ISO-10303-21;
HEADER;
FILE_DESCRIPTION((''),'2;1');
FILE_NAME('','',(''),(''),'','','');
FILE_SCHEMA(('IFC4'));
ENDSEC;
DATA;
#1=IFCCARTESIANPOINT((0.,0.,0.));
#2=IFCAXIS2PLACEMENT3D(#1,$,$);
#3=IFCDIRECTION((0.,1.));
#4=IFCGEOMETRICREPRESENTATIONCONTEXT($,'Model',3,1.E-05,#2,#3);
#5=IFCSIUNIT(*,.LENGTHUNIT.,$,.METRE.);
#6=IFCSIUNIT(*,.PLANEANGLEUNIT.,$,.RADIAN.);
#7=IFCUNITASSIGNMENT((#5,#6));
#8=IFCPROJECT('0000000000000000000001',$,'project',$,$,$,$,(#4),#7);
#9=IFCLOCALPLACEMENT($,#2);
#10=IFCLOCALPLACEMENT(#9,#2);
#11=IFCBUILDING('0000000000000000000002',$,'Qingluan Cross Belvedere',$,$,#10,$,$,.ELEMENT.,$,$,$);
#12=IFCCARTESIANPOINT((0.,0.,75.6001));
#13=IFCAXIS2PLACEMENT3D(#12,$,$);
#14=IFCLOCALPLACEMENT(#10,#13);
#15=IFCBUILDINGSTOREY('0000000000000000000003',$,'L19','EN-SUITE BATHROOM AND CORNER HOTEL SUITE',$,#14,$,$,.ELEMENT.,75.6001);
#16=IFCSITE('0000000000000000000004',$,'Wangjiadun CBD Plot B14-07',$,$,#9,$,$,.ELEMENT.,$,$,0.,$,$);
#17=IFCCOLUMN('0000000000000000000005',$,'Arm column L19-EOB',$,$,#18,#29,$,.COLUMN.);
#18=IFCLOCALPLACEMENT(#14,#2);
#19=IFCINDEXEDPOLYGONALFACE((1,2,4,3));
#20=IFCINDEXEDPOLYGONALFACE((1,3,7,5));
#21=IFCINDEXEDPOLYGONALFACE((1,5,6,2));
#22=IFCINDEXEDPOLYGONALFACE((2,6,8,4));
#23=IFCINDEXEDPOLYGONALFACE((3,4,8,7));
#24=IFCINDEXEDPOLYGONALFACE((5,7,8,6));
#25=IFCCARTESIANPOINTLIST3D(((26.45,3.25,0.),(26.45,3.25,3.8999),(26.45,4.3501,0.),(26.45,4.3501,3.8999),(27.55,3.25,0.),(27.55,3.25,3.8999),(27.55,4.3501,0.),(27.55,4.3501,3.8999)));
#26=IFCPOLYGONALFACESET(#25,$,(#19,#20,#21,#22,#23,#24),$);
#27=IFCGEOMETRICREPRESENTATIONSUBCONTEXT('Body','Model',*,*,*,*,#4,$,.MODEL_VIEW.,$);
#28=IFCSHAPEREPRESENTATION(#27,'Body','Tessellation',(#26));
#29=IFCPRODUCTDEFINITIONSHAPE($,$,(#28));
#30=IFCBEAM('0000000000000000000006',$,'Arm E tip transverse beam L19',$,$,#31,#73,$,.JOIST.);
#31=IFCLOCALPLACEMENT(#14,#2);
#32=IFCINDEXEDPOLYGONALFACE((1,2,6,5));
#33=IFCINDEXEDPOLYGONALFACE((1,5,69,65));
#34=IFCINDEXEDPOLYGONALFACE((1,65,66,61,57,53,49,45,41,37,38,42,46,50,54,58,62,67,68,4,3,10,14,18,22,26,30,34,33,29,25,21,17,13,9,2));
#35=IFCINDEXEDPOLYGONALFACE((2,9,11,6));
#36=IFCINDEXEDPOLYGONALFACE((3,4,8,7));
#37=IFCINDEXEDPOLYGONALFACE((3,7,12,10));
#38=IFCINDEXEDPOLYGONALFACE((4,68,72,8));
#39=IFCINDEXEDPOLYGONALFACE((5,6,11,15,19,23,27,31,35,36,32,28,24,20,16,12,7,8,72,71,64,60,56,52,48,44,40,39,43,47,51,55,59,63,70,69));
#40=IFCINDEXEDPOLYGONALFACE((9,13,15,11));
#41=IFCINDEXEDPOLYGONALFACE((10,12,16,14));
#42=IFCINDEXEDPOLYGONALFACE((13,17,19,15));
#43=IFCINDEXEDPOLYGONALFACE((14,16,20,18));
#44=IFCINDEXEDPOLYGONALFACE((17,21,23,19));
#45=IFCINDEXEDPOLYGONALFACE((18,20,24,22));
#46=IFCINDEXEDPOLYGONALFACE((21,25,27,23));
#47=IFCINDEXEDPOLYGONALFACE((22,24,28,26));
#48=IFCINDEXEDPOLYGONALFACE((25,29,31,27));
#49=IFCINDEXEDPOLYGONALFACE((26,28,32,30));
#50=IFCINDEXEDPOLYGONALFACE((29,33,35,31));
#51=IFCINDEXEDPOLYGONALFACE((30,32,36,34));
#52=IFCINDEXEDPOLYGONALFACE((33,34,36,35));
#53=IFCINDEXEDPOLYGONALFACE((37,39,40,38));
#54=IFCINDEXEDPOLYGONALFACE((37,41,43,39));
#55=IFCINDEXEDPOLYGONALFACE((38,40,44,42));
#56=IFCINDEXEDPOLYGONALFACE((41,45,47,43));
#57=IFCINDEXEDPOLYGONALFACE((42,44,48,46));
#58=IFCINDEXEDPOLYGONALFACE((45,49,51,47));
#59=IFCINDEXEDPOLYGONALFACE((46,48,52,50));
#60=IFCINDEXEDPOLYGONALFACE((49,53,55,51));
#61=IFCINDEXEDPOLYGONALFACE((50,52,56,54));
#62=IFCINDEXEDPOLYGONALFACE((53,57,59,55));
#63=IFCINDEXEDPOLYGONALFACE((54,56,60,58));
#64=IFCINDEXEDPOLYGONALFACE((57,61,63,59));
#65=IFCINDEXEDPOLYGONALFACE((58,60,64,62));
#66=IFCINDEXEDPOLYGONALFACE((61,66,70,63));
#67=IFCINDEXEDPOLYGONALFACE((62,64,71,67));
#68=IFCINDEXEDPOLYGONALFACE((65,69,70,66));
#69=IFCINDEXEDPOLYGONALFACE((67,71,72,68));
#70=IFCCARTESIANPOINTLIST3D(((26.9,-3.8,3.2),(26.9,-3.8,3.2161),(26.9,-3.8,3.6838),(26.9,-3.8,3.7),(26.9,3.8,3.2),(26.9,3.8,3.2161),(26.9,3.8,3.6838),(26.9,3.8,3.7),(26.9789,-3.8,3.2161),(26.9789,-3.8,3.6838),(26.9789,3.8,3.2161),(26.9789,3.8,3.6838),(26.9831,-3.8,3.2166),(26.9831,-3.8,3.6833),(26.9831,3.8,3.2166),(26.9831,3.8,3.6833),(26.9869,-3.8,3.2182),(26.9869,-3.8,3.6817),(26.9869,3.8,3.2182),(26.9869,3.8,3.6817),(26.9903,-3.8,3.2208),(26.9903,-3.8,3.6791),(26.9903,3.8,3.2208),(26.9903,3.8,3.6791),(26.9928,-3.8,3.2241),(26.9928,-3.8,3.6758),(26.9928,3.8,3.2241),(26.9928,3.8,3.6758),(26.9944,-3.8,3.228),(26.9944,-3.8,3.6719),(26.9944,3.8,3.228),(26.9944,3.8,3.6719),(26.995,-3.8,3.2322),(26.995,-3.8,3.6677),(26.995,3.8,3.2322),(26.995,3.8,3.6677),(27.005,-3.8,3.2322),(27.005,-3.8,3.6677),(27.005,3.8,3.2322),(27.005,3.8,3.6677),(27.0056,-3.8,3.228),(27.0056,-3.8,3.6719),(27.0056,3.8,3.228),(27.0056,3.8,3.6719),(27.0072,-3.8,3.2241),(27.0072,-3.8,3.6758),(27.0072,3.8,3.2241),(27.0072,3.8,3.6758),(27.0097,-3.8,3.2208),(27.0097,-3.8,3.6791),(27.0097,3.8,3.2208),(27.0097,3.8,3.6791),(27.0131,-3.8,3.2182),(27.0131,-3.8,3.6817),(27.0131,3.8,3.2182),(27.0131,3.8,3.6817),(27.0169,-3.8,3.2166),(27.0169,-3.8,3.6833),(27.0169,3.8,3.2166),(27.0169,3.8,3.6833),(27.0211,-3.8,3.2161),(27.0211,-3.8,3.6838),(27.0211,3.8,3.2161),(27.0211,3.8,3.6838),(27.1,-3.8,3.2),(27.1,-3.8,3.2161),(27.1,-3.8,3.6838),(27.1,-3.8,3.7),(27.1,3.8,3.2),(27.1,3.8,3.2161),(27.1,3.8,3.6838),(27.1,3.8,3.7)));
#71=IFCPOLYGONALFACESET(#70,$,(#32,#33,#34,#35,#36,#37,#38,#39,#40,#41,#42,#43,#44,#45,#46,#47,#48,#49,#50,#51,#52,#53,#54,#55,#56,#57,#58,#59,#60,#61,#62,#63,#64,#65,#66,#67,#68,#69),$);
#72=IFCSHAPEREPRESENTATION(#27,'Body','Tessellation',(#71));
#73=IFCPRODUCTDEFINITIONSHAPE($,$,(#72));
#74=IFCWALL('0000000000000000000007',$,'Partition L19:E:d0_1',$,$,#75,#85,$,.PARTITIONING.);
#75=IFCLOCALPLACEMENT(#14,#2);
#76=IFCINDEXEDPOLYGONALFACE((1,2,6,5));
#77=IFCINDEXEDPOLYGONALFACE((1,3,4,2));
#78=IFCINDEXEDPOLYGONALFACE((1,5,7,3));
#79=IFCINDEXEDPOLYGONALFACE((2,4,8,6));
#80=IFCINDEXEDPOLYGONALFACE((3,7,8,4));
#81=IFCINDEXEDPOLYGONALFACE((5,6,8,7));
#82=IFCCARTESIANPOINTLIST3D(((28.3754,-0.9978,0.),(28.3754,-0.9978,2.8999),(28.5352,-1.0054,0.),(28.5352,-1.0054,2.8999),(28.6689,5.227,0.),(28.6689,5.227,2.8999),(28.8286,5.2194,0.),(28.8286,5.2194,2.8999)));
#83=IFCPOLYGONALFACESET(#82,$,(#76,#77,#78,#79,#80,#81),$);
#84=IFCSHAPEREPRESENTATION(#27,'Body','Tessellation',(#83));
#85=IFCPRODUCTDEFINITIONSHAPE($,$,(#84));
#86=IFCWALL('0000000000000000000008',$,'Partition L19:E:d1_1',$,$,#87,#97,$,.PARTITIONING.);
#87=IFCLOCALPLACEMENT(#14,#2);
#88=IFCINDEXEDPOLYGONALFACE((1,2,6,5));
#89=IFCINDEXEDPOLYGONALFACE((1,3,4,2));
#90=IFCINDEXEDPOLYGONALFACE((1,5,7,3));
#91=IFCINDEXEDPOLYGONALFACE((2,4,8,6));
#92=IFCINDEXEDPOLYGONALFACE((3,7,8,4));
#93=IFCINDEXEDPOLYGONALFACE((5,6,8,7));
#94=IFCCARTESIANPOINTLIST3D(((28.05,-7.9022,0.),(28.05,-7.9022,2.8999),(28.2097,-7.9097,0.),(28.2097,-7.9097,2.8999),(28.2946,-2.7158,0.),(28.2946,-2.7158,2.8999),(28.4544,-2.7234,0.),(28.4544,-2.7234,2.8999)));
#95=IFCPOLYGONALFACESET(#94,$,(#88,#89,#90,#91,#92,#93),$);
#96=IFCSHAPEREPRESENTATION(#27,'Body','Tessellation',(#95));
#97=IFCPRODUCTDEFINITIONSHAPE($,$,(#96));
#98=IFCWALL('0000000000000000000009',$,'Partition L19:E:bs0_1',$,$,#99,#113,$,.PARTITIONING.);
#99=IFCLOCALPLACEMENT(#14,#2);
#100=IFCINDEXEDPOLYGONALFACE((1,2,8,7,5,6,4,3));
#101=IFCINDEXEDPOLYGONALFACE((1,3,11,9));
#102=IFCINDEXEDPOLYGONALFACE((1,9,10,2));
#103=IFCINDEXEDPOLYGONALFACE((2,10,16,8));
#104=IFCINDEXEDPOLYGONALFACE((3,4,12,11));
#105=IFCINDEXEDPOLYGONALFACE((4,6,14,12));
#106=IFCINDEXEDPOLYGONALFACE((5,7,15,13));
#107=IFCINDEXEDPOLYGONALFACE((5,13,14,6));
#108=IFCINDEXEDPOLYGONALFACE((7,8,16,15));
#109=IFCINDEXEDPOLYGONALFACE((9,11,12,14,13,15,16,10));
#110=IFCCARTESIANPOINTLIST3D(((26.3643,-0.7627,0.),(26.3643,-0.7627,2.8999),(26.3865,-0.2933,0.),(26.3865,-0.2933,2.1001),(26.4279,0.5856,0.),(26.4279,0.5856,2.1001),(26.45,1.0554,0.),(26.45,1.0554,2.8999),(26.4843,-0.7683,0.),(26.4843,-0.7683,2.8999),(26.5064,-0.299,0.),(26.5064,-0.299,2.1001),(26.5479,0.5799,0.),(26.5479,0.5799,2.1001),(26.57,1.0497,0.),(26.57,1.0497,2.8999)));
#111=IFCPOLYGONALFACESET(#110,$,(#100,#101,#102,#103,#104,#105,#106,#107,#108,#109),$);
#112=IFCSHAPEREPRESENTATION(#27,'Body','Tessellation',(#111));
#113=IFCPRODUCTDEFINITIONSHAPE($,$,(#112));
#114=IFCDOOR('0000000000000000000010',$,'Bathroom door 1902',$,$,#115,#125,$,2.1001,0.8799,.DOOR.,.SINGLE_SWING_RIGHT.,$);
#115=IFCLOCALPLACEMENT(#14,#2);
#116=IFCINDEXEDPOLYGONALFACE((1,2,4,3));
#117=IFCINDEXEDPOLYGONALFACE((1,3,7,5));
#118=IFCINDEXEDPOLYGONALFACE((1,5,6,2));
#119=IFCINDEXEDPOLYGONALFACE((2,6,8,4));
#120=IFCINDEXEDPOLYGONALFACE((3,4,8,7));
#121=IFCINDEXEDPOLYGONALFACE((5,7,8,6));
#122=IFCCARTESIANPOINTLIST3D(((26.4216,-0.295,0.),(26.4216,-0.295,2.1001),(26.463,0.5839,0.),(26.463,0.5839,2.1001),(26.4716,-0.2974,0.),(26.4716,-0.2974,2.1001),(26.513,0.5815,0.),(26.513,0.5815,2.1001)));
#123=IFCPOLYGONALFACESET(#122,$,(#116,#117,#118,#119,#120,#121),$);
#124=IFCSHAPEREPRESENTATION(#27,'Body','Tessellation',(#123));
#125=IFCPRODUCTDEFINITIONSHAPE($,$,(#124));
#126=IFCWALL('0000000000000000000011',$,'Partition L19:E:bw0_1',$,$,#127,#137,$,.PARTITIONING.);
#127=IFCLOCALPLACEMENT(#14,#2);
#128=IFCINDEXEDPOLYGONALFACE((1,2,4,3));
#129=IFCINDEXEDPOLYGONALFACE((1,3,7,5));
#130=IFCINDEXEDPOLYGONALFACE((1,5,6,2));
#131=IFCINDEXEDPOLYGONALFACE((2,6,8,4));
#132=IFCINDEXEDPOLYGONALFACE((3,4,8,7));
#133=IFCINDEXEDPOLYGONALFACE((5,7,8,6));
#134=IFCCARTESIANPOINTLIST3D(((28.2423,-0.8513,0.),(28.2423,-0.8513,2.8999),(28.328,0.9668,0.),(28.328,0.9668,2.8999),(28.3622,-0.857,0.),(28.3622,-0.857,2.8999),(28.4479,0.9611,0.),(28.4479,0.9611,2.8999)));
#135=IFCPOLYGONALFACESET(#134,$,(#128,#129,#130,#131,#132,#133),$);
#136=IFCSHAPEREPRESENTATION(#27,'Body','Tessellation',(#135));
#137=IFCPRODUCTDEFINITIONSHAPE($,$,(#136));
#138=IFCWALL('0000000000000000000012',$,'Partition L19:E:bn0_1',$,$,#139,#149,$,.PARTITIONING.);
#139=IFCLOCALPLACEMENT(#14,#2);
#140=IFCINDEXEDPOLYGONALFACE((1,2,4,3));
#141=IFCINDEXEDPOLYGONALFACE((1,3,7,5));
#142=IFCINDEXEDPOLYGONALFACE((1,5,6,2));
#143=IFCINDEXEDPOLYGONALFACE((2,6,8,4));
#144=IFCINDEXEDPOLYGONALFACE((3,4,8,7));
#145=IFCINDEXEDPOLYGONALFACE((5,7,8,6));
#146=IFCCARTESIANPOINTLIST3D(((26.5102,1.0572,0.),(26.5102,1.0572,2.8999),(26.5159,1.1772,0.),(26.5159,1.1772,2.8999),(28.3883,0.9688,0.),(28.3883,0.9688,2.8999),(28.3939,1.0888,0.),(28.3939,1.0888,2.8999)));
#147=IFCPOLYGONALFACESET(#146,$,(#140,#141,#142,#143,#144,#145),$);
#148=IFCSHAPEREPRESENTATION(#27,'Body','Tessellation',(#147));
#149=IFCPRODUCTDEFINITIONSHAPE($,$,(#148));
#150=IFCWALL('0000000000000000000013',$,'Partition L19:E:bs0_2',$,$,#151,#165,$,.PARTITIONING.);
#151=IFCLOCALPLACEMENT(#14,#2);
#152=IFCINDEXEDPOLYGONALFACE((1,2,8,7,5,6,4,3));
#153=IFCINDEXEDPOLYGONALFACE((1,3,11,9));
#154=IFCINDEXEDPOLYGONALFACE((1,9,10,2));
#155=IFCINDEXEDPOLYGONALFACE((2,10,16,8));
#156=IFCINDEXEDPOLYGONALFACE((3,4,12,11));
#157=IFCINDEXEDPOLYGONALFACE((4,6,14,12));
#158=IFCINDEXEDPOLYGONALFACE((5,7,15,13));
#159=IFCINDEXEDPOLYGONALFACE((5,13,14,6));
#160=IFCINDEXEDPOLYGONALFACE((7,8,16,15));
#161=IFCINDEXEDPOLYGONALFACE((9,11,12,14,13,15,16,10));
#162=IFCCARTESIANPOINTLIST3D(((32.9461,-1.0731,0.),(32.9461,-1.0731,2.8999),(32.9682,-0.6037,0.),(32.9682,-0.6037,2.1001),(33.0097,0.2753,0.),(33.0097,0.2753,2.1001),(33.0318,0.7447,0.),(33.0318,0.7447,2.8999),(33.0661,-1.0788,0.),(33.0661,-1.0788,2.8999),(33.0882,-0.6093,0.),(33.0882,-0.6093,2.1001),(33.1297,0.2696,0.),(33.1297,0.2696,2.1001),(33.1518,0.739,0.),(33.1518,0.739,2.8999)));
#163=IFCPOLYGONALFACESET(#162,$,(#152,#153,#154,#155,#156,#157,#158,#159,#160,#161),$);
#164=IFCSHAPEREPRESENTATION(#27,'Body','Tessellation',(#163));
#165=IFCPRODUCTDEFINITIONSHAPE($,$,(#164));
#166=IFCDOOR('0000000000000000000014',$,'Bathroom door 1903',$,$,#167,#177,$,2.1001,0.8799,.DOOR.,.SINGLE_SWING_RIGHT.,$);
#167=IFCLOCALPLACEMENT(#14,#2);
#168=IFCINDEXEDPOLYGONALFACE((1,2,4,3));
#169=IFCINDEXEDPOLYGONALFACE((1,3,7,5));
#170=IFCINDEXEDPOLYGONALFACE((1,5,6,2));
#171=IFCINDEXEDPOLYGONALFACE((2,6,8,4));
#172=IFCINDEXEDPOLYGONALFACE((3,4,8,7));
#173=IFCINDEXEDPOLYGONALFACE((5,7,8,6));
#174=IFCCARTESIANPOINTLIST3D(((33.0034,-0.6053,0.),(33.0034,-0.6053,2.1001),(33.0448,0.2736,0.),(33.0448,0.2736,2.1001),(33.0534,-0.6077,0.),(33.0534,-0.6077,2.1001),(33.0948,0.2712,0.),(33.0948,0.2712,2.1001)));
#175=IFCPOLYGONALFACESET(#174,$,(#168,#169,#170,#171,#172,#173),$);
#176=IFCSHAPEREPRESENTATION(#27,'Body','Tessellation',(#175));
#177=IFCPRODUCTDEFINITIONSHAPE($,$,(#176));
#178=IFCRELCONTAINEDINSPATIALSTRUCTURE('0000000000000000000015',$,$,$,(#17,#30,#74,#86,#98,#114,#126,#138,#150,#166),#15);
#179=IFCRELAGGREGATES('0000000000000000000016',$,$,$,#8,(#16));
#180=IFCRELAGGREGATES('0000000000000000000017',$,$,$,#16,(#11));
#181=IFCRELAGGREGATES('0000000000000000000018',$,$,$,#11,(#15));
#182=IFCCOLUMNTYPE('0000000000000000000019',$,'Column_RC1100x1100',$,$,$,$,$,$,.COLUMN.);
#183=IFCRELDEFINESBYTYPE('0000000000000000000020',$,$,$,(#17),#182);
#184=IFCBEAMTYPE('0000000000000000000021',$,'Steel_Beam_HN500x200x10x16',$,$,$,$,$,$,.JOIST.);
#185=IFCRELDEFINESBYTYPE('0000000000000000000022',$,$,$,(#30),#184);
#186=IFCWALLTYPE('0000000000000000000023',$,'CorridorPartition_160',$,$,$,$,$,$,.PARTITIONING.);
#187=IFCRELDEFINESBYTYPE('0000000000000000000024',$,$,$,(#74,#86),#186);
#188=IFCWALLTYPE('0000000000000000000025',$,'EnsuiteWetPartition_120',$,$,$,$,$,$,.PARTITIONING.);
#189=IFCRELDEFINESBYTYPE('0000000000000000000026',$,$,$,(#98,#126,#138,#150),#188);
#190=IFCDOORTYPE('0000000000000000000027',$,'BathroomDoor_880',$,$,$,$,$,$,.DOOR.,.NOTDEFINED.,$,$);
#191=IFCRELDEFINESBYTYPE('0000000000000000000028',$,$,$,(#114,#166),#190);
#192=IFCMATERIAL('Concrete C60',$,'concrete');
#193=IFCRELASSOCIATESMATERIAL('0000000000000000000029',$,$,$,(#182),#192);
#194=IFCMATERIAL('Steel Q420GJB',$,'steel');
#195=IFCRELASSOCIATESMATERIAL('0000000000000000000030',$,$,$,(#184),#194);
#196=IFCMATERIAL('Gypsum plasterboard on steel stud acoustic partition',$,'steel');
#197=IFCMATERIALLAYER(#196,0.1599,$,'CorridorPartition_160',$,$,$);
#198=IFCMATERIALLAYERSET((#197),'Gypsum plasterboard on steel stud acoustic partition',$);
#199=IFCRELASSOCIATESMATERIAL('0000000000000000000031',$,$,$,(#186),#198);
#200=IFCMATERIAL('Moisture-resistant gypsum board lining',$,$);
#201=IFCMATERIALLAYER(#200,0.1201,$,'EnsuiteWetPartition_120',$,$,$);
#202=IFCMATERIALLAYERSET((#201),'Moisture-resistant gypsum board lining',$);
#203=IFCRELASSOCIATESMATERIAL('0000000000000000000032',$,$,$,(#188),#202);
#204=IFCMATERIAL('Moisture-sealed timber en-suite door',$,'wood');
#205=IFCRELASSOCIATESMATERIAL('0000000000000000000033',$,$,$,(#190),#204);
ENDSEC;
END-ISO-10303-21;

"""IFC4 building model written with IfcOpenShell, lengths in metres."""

from ifc_helpers import new_model, si_unit, direction, frame, frame_2d, origin, origin_2d, place, context, subcontext, project, spatial, rectangle, i_section, extrude, material, layer, layer_set, material_profile, profile_set, type_object, element, fill, save


model = new_model("IFC4")

# Units and contexts
model_context = context("Model", 3, precision=1e-05, world=origin(), true_north=direction((0.0, 1.0)))
body_context = subcontext(model_context, "Body", "Model", "MODEL_VIEW")
ifc_project = project(units=[si_unit("LENGTHUNIT", "METRE"), si_unit("PLANEANGLEUNIT", "RADIAN")], contexts=[model_context])

# Site, building, storey
site_placement = place(None, origin())
site = spatial("IfcSite", under=ifc_project, at=site_placement, Name="Wangjiadun CBD Plot B14-07", CompositionType="ELEMENT", RefElevation=0.0)
building_placement = place(site_placement, origin())
building = spatial("IfcBuilding", under=site, at=building_placement, Name="Qingluan Cross Belvedere", CompositionType="ELEMENT")
storey_placement = place(building_placement, frame((0.0, 0.0, 75.6001)))
storey = spatial("IfcBuildingStorey", under=building, at=storey_placement, Name="L19", Description="EN-SUITE BATHROOM AND CORNER HOTEL SUITE", CompositionType="ELEMENT", Elevation=75.6001)

# Column
ifc_material_1 = material(Name="Concrete C60", Category="concrete")
ifc_material_profile_1 = material_profile(ifc_material_1, rectangle(XDim=1.1001, YDim=1.1001, at=origin_2d()), Name="RC1100x1100")
ifc_profile_set_1 = profile_set([ifc_material_profile_1], Name="Concrete C60")
column_type = type_object("IfcColumnType", Name="Column_RC1100x1100", PredefinedType="COLUMN", material=ifc_profile_set_1)
column_placement = place(storey_placement, frame((27.0, 3.8, 0.0), z_axis=(0.0, 0.0, 1.0), x_axis=(1.0, 0.0, 0.0)))
element("IfcColumn", 1, at=column_placement, inside=storey, type_object=column_type, Name="Arm column L19-EOB", PredefinedType="COLUMN", context=body_context, shape_type="SweptSolid", body=[
    extrude(rectangle(XDim=1.1001, YDim=1.1001, at=origin_2d()), origin(), (0.0, 0.0, 1.0), 3.8999),
])

# Beam
ifc_material_2 = material(Name="Steel Q420GJB", Category="steel")
ifc_material_profile_2 = material_profile(ifc_material_2, i_section(OverallWidth=0.2, OverallDepth=0.5, WebThickness=0.01, FlangeThickness=0.0161, FilletRadius=0.0161, at=origin_2d()), Name="HN500x200x10x16")
ifc_profile_set_2 = profile_set([ifc_material_profile_2], Name="Steel Q420GJB")
beam_type = type_object("IfcBeamType", Name="Steel_Beam_HN500x200x10x16", PredefinedType="JOIST", material=ifc_profile_set_2)
beam_placement = place(storey_placement, frame((27.0, -3.8, 3.45), z_axis=(0.0, 1.0, 0.0), x_axis=(-1.0, 0.0, 0.0)))
element("IfcBeam", 2, at=beam_placement, inside=storey, type_object=beam_type, Name="Arm E tip transverse beam L19", PredefinedType="JOIST", context=body_context, shape_type="SweptSolid", body=[
    extrude(i_section(OverallWidth=0.2, OverallDepth=0.5, WebThickness=0.01, FlangeThickness=0.0161, FilletRadius=0.0161, at=origin_2d()), origin(), (0.0, 0.0, 1.0), 7.6001),
])

# Walls
ifc_material_3 = material(Name="Gypsum plasterboard on steel stud acoustic partition", Category="steel")
ifc_layer_1 = layer(ifc_material_3, 0.1599, Name="CorridorPartition_160")
ifc_layer_set_1 = layer_set([ifc_layer_1], Name="Gypsum plasterboard on steel stud acoustic partition")
wall_type_1 = type_object("IfcWallType", Name="CorridorPartition_160", PredefinedType="PARTITIONING", material=ifc_layer_set_1)
wall_1_placement = place(storey_placement, frame((28.4553, -1.0015, 0.0), z_axis=(0.0, 0.0, 1.0), x_axis=(0.047091, 0.998891, 0.0)))
element("IfcWall", 3, at=wall_1_placement, inside=storey, type_object=wall_type_1, Name="Partition L19:E:d0_1", PredefinedType="PARTITIONING", context=body_context, shape_type="SweptSolid", body=[
    extrude(rectangle(XDim=6.2317, YDim=0.1599, at=frame_2d((3.1157, 0.0))), origin(), (0.0, 0.0, 1.0), 2.8999),
])
wall_2_placement = place(storey_placement, frame((28.3745, -2.7195, 0.0), z_axis=(0.0, 0.0, 1.0), x_axis=(-0.047116, -0.998889, 0.0)))
element("IfcWall", 4, at=wall_2_placement, inside=storey, type_object=wall_type_1, Name="Partition L19:E:d1_1", PredefinedType="PARTITIONING", context=body_context, shape_type="SweptSolid", body=[
    extrude(rectangle(XDim=5.1921, YDim=0.1599, at=frame_2d((2.5962, 0.0))), origin(), (0.0, 0.0, 1.0), 2.8999),
])

# Wall, opening, door
ifc_material_4 = material(Name="Moisture-resistant gypsum board lining")
ifc_layer_2 = layer(ifc_material_4, 0.1201, Name="EnsuiteWetPartition_120")
ifc_layer_set_2 = layer_set([ifc_layer_2], Name="Moisture-resistant gypsum board lining")
wall_type_2 = type_object("IfcWallType", Name="EnsuiteWetPartition_120", PredefinedType="PARTITIONING", material=ifc_layer_set_2)
wall_3_placement = place(storey_placement, frame((26.4243, -0.7656, 0.0), z_axis=(0.0, 0.0, 1.0), x_axis=(0.047081, 0.998891, 0.0)))
wall_3 = element("IfcWall", 5, at=wall_3_placement, inside=storey, type_object=wall_type_2, Name="Partition L19:E:bs0_1", PredefinedType="PARTITIONING", context=body_context, shape_type="SweptSolid", body=[
    extrude(rectangle(XDim=1.8201, YDim=0.1201, at=frame_2d((0.9102, 0.0))), origin(), (0.0, 0.0, 1.0), 2.8999),
])
opening_1_placement = place(wall_3_placement, frame((0.47, 0.0, 0.0)))
opening_1 = element("IfcOpeningElement", 6, at=opening_1_placement, cuts=wall_3, PredefinedType="OPENING", context=body_context, shape_type="SweptSolid", body=[
    extrude(rectangle(XDim=0.8799, YDim=2.1001, at=frame_2d((0.4399, 1.05))), frame((0.0, 0.0701, 0.0), z_axis=(0.0, -1.0, 0.0), x_axis=(1.0, 0.0, 0.0)), (0.0, 0.0, 1.0), 0.1401),
])
ifc_material_5 = material(Name="Moisture-sealed timber en-suite door", Category="wood")
door_type_1 = type_object("IfcDoorType", Name="BathroomDoor_880", OperationType="NOTDEFINED", PredefinedType="DOOR", material=ifc_material_5)
door_1_placement = place(opening_1_placement, origin())
door_1 = element("IfcDoor", 7, at=door_1_placement, inside=storey, type_object=door_type_1, Name="Bathroom door 1902", OperationType="SINGLE_SWING_RIGHT", OverallHeight=2.1001, OverallWidth=0.8799, PredefinedType="DOOR", context=body_context, shape_type="SweptSolid", body=[
    extrude(rectangle(XDim=0.8799, YDim=2.1001, at=frame_2d((0.4399, 1.05))), frame((0.0, 0.0249, 0.0), z_axis=(0.0, -1.0, 0.0), x_axis=(1.0, 0.0, 0.0)), (0.0, 0.0, 1.0), 0.05),
])
fill(opening_1, door_1)

# Walls
wall_4_placement = place(storey_placement, frame((28.3022, -0.8542, 0.0), z_axis=(0.0, 0.0, 1.0), x_axis=(0.047081, 0.998891, 0.0)))
element("IfcWall", 8, at=wall_4_placement, inside=storey, type_object=wall_type_2, Name="Partition L19:E:bw0_1", PredefinedType="PARTITIONING", context=body_context, shape_type="SweptSolid", body=[
    extrude(rectangle(XDim=1.8201, YDim=0.1201, at=frame_2d((0.9102, 0.0))), origin(), (0.0, 0.0, 1.0), 2.8999),
])
wall_5_placement = place(storey_placement, frame((26.5132, 1.1172, 0.0), z_axis=(0.0, 0.0, 1.0), x_axis=(0.998894, -0.04701, 0.0)))
element("IfcWall", 9, at=wall_5_placement, inside=storey, type_object=wall_type_2, Name="Partition L19:E:bn0_1", PredefinedType="PARTITIONING", context=body_context, shape_type="SweptSolid", body=[
    extrude(rectangle(XDim=1.8801, YDim=0.1201, at=frame_2d((0.9399, 0.0))), origin(), (0.0, 0.0, 1.0), 2.8999),
])

# Wall, opening, door
wall_6_placement = place(storey_placement, frame((33.0061, -1.0759, 0.0), z_axis=(0.0, 0.0, 1.0), x_axis=(0.047087, 0.998891, 0.0)))
wall_6 = element("IfcWall", 10, at=wall_6_placement, inside=storey, type_object=wall_type_2, Name="Partition L19:E:bs0_2", PredefinedType="PARTITIONING", context=body_context, shape_type="SweptSolid", body=[
    extrude(rectangle(XDim=1.8198, YDim=0.1201, at=frame_2d((0.9099, 0.0))), origin(), (0.0, 0.0, 1.0), 2.8999),
])
opening_2_placement = place(wall_6_placement, frame((0.47, 0.0, 0.0)))
opening_2 = element("IfcOpeningElement", 11, at=opening_2_placement, cuts=wall_6, PredefinedType="OPENING", context=body_context, shape_type="SweptSolid", body=[
    extrude(rectangle(XDim=0.8799, YDim=2.1001, at=frame_2d((0.4399, 1.05))), frame((0.0, 0.0701, 0.0), z_axis=(0.0, -1.0, 0.0), x_axis=(1.0, 0.0, 0.0)), (0.0, 0.0, 1.0), 0.1401),
])
door_2_placement = place(opening_2_placement, origin())
door_2 = element("IfcDoor", 12, at=door_2_placement, inside=storey, type_object=door_type_1, Name="Bathroom door 1903", OperationType="SINGLE_SWING_RIGHT", OverallHeight=2.1001, OverallWidth=0.8799, PredefinedType="DOOR", context=body_context, shape_type="SweptSolid", body=[
    extrude(rectangle(XDim=0.8799, YDim=2.1001, at=frame_2d((0.4399, 1.05))), frame((0.0, 0.0249, 0.0), z_axis=(0.0, -1.0, 0.0), x_axis=(1.0, 0.0, 0.0)), (0.0, 0.0, 1.0), 0.05),
])
fill(opening_2, door_2)

save(model, "model.ifc")
